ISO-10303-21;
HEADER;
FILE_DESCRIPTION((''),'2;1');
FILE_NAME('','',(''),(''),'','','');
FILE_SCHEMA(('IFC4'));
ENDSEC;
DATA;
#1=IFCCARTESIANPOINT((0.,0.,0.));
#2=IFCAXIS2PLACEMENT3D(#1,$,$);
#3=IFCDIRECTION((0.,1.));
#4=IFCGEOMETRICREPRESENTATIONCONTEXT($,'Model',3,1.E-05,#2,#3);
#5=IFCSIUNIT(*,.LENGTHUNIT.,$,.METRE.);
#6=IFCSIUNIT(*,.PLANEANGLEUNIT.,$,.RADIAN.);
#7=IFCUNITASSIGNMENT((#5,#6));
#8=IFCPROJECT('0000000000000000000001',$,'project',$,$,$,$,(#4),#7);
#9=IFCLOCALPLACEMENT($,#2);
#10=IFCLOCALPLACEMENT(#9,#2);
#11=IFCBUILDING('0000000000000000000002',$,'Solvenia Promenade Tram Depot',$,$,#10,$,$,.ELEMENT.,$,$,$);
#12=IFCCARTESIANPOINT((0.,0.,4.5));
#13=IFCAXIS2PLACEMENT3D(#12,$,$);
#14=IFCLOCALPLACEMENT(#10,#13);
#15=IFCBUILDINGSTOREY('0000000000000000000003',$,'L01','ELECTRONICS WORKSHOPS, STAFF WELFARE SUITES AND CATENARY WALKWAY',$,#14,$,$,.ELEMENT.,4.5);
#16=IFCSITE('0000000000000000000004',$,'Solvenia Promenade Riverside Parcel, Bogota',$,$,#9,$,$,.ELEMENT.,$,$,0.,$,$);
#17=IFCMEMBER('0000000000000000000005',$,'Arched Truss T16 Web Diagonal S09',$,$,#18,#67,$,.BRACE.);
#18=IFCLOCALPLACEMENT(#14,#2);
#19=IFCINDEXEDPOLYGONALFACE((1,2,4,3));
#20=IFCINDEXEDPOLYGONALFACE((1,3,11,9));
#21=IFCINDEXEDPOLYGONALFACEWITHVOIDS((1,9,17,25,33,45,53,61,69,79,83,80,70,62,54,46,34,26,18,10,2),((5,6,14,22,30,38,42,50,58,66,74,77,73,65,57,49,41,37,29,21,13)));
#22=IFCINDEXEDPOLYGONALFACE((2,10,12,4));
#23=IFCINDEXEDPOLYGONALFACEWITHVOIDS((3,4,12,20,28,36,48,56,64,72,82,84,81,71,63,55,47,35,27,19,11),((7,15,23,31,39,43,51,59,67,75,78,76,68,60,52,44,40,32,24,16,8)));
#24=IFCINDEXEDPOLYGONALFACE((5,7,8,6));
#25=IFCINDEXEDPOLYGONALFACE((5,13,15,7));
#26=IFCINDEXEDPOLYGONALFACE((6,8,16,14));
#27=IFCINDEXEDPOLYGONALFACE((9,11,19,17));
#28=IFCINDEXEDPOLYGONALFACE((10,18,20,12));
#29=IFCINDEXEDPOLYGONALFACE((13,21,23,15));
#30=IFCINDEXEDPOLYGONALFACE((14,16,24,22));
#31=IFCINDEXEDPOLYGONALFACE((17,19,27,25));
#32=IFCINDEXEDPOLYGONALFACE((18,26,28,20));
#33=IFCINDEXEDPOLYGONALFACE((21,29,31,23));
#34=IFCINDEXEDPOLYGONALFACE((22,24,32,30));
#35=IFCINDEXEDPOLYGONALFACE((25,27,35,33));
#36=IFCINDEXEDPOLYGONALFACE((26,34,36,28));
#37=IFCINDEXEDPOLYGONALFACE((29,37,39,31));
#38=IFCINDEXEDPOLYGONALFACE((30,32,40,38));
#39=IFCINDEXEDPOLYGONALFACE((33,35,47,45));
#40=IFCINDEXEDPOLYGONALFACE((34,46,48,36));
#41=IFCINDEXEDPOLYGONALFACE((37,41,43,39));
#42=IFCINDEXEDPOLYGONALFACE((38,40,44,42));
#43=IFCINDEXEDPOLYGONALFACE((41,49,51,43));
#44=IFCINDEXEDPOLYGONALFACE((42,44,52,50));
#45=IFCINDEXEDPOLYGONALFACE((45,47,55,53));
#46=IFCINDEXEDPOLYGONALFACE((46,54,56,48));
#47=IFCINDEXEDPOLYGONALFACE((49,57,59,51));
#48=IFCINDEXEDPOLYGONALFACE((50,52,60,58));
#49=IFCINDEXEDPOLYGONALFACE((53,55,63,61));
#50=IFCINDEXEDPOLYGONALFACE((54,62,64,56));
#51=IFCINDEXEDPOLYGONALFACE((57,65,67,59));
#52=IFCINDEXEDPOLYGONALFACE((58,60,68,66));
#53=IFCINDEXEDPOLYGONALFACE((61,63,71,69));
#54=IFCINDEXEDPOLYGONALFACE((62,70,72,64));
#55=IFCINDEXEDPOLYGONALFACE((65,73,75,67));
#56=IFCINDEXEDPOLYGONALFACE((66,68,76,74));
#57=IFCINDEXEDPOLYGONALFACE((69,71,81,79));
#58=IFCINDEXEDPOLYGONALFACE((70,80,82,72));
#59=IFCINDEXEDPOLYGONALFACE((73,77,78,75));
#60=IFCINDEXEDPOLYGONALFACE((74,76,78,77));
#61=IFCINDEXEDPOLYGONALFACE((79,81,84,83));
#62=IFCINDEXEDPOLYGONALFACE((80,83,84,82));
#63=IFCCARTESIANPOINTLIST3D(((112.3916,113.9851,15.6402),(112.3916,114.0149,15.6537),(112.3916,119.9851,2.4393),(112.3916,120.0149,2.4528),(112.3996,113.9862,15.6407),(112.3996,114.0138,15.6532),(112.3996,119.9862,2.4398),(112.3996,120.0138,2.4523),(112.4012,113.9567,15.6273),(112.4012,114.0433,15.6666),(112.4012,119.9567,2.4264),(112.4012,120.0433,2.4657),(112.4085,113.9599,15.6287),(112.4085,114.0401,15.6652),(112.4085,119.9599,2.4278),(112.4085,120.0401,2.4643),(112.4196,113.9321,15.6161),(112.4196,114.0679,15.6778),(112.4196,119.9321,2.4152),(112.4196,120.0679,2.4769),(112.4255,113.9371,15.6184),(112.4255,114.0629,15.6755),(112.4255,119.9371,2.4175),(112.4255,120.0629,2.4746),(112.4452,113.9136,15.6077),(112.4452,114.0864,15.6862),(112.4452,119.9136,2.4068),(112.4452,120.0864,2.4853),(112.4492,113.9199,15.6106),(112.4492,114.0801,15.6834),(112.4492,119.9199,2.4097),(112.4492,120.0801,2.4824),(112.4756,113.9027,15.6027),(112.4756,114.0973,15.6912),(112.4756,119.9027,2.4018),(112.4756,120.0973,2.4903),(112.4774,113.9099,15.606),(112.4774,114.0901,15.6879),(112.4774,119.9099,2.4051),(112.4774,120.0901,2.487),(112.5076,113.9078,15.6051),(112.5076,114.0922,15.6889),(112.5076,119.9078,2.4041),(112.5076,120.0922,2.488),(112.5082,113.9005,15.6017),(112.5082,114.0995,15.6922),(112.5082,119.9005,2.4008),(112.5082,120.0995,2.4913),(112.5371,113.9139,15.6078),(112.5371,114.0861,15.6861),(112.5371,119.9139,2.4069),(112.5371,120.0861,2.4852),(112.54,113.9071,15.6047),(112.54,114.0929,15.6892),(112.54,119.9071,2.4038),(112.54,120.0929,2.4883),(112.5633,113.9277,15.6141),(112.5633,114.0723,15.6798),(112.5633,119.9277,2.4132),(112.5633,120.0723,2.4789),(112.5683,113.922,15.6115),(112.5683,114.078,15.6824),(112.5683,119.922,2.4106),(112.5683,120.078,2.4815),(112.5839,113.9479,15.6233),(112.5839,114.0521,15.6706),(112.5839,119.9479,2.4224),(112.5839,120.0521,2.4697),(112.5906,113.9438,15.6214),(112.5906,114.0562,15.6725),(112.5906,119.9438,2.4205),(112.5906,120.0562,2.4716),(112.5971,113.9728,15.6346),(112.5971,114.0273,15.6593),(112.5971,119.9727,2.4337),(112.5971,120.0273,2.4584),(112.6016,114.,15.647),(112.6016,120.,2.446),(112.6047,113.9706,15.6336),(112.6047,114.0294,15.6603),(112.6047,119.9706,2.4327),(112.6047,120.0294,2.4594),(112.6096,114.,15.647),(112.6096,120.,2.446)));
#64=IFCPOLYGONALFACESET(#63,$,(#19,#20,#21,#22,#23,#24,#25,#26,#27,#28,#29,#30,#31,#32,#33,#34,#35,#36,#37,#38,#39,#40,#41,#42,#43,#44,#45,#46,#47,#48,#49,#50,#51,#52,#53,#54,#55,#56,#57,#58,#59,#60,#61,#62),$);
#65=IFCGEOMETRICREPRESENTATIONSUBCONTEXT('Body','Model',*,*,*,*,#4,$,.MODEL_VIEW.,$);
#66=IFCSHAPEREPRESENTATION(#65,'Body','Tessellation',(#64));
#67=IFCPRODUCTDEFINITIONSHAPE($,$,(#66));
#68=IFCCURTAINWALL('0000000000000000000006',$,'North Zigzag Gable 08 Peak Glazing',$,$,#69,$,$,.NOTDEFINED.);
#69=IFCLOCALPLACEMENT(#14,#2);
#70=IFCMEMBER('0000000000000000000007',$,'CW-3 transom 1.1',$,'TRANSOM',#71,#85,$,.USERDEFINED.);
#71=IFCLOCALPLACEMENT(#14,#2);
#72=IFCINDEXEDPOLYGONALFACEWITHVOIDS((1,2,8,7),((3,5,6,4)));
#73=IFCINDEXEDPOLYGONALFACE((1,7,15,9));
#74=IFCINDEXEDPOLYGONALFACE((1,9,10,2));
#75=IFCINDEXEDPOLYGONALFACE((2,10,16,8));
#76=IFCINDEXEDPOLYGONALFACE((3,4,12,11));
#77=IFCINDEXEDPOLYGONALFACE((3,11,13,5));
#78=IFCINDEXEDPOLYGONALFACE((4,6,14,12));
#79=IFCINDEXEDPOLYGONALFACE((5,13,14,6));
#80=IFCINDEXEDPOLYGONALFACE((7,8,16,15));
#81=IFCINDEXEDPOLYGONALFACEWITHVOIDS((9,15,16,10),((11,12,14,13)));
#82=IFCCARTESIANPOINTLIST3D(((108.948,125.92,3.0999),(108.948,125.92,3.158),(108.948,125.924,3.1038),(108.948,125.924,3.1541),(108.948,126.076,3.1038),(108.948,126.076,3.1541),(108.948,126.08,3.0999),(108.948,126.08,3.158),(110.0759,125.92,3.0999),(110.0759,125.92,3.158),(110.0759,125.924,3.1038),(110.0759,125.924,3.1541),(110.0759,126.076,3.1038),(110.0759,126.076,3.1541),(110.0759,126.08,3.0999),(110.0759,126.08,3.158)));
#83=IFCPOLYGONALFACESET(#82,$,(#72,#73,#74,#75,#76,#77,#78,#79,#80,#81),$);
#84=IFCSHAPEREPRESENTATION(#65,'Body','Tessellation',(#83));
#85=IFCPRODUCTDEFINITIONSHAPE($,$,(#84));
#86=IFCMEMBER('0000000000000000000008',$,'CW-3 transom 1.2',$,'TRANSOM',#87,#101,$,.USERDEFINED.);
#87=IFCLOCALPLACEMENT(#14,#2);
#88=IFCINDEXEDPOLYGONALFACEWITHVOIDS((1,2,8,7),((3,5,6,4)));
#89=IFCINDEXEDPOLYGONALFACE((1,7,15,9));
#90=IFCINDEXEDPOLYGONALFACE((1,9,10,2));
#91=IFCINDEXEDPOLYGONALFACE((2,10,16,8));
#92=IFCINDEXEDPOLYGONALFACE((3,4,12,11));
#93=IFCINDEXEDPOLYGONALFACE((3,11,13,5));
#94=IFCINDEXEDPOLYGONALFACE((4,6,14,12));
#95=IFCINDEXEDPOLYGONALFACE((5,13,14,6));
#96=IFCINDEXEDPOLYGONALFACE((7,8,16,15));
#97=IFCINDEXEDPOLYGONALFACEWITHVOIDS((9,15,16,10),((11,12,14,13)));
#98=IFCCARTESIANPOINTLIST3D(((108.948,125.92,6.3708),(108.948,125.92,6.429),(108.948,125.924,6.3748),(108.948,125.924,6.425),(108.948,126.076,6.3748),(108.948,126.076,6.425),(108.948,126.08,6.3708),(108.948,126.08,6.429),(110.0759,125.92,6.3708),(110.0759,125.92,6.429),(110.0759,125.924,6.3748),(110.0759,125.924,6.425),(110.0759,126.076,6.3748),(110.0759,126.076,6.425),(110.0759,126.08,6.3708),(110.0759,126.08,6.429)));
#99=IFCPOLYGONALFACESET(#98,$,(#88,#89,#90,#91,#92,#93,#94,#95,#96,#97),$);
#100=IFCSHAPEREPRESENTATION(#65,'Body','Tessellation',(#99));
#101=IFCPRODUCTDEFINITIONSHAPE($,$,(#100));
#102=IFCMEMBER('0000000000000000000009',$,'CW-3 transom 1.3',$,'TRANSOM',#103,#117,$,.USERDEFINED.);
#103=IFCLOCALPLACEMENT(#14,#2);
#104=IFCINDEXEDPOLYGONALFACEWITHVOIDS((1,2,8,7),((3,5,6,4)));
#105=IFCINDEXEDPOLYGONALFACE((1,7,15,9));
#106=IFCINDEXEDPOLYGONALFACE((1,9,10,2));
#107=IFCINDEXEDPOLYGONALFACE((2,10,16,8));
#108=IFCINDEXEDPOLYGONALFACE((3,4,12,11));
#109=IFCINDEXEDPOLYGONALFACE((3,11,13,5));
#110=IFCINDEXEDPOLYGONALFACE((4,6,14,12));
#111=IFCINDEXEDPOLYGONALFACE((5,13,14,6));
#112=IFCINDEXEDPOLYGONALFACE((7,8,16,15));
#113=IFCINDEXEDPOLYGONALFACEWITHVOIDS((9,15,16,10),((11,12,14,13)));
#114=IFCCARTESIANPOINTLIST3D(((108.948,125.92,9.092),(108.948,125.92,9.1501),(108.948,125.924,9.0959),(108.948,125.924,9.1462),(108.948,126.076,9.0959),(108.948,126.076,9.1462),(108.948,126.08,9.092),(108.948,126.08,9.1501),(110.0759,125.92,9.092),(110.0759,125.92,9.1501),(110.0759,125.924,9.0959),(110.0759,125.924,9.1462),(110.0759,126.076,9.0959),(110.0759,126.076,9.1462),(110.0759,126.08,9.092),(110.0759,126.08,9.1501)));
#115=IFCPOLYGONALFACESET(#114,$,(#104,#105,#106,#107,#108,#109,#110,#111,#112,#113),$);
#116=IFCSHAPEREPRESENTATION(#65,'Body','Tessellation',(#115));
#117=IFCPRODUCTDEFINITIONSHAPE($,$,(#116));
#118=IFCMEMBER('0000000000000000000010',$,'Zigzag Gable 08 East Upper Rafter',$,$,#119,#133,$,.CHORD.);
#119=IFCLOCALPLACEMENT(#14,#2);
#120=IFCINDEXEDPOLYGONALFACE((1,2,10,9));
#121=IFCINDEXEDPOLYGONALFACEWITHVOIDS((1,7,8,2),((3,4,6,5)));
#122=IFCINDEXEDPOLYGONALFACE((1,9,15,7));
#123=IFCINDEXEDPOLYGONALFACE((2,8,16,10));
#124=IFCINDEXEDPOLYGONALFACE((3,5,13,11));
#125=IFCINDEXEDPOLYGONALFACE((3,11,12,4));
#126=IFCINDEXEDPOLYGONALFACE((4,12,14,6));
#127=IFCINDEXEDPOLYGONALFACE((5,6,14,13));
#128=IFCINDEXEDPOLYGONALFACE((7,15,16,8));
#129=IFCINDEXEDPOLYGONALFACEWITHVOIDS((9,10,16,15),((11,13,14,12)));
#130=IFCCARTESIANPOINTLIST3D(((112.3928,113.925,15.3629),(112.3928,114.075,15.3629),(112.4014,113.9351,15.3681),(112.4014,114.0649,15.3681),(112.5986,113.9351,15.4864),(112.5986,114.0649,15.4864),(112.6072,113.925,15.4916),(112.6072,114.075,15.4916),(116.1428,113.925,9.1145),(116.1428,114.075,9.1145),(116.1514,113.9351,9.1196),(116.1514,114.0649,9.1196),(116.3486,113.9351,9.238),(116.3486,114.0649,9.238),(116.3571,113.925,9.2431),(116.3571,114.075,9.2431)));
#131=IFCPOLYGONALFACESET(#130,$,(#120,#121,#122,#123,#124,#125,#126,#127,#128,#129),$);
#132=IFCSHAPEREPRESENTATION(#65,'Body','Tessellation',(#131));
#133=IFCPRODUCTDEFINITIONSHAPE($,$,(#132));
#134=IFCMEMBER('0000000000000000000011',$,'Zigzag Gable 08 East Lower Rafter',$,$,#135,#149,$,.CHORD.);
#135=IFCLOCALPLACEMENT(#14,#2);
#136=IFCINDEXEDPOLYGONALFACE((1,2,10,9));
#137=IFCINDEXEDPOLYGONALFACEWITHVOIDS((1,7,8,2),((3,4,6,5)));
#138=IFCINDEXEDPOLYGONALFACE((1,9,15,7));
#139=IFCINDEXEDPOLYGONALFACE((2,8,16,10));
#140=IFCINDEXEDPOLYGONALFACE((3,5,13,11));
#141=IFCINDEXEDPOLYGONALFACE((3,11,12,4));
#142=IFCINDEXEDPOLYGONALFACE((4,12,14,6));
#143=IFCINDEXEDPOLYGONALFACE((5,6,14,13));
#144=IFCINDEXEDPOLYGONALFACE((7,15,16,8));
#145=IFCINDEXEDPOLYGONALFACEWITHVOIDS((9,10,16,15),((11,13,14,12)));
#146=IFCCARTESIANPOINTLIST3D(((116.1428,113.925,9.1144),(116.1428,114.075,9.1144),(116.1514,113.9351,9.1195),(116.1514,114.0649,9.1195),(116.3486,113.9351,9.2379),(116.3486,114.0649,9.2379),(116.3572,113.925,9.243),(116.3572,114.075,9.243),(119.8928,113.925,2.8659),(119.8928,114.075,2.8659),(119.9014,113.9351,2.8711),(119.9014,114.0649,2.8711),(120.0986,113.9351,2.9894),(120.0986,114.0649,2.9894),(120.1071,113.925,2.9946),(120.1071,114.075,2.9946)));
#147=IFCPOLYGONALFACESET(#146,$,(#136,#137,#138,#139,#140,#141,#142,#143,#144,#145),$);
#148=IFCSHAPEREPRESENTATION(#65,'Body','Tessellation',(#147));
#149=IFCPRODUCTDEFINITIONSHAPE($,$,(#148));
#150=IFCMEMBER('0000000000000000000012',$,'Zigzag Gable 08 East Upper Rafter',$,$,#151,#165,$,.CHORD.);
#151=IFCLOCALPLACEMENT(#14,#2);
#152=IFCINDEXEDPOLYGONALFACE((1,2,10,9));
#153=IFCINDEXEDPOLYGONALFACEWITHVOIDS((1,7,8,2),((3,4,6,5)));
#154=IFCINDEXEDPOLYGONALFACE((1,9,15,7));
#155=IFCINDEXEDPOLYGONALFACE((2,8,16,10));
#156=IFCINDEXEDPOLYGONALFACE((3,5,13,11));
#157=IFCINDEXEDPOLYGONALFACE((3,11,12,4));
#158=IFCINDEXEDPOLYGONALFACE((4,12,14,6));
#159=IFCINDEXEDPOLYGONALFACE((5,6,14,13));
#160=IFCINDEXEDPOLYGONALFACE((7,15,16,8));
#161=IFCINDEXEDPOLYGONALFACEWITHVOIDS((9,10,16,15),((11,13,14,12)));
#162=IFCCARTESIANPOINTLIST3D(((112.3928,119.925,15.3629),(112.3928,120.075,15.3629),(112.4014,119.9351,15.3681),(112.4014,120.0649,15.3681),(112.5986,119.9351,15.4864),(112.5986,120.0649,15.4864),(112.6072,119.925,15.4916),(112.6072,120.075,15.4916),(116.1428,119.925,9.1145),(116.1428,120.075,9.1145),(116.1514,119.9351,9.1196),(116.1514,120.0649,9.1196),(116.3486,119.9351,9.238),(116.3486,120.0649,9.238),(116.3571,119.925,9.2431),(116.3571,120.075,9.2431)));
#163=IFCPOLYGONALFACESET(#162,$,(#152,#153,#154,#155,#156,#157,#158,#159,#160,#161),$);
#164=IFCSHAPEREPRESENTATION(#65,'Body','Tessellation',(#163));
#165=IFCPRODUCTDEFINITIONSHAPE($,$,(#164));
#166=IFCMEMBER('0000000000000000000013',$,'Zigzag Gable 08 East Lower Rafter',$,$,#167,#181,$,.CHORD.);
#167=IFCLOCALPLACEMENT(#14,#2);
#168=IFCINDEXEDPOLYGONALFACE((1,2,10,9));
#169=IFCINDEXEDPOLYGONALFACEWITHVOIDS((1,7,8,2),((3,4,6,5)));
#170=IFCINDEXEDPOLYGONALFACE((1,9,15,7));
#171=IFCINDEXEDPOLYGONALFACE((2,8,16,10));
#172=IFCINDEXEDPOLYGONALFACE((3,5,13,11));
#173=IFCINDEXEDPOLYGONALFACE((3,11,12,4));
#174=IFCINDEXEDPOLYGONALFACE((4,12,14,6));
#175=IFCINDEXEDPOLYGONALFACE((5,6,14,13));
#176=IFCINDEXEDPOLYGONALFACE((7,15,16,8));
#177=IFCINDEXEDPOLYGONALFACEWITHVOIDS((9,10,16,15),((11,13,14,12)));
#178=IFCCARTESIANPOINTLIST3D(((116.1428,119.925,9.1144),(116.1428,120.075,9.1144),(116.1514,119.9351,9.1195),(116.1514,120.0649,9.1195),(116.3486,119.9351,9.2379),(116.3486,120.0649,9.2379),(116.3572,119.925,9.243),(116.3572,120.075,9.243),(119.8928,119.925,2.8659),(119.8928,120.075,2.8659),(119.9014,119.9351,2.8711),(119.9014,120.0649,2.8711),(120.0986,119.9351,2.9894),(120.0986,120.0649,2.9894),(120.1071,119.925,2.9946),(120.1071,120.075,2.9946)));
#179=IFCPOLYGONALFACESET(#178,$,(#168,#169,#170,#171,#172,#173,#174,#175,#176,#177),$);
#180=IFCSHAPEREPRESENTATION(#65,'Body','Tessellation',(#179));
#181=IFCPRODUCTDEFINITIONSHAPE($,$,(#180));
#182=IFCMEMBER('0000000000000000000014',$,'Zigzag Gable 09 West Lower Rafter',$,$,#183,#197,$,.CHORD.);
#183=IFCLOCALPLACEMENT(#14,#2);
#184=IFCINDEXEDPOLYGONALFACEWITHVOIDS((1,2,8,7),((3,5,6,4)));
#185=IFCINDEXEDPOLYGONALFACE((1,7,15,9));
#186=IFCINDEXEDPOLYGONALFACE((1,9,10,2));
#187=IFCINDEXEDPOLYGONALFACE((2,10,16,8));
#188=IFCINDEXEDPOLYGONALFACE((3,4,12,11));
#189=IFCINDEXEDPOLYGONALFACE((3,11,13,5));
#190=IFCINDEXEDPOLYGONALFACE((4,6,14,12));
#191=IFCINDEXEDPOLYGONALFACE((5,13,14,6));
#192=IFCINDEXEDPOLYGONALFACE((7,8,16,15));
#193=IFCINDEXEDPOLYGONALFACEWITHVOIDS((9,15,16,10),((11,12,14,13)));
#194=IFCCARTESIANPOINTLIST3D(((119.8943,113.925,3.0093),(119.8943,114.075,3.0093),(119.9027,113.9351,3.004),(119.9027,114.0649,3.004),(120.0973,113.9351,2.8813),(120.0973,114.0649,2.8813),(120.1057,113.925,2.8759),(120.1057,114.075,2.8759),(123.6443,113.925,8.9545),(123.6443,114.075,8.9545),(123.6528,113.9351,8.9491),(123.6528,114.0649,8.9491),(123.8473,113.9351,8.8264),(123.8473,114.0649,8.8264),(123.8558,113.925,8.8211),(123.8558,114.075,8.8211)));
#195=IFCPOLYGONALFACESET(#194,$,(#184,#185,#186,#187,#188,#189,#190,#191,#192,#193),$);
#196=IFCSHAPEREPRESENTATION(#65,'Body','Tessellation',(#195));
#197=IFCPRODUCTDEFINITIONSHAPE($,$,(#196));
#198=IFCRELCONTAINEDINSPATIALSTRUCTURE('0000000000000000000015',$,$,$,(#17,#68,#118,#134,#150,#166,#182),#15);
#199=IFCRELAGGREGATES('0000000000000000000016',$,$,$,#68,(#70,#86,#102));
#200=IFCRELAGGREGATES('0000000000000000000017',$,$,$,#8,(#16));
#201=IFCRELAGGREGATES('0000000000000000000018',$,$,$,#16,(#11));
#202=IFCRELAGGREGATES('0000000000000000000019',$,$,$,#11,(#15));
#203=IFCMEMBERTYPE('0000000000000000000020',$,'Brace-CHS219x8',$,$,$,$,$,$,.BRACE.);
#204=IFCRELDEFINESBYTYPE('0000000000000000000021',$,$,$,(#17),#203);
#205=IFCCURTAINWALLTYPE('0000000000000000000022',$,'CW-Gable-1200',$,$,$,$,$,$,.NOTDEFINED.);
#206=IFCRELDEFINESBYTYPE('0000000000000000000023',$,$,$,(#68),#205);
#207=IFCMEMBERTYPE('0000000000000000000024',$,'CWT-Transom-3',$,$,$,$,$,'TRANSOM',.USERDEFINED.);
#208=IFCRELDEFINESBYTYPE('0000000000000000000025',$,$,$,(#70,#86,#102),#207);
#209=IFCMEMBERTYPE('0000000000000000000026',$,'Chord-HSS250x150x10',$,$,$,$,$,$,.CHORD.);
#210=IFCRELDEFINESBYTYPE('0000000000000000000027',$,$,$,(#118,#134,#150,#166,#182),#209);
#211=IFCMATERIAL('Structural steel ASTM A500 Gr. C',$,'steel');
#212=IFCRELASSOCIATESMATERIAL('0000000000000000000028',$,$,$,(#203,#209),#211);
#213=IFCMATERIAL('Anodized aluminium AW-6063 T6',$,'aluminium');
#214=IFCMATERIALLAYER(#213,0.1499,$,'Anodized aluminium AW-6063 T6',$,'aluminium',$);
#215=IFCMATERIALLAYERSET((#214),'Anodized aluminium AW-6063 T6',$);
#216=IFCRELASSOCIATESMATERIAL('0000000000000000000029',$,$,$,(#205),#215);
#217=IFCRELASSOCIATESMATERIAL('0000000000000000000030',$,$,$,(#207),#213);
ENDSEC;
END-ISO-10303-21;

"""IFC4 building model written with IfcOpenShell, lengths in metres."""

from ifc_helpers import new_model, si_unit, direction, frame, origin, origin_2d, place, context, subcontext, project, spatial, hollow_rectangle, hollow_circle, extrude, material, layer, layer_set, material_profile, profile_set, type_object, element, aggregate, save


model = new_model("IFC4")

# Units and contexts
model_context = context("Model", 3, precision=1e-05, world=origin(), true_north=direction((0.0, 1.0)))
body_context = subcontext(model_context, "Body", "Model", "MODEL_VIEW")
ifc_project = project(units=[si_unit("LENGTHUNIT", "METRE"), si_unit("PLANEANGLEUNIT", "RADIAN")], contexts=[model_context])

# Site, building, storey
site_placement = place(None, origin())
site = spatial("IfcSite", under=ifc_project, at=site_placement, Name="Solvenia Promenade Riverside Parcel, Bogota", CompositionType="ELEMENT", RefElevation=0.0)
building_placement = place(site_placement, origin())
building = spatial("IfcBuilding", under=site, at=building_placement, Name="Solvenia Promenade Tram Depot", CompositionType="ELEMENT")
storey_placement = place(building_placement, frame((0.0, 0.0, 4.5)))
storey = spatial("IfcBuildingStorey", under=building, at=storey_placement, Name="L01", Description="ELECTRONICS WORKSHOPS, STAFF WELFARE SUITES AND CATENARY WALKWAY", CompositionType="ELEMENT", Elevation=4.5)

# Member
ifc_material_1 = material(Name="Structural steel ASTM A500 Gr. C", Category="steel")
ifc_material_profile_1 = material_profile(ifc_material_1, hollow_circle(Radius=0.1096, WallThickness=0.0081, at=origin_2d()), Name="CHS219.1x8", Category="steel")
ifc_profile_set_1 = profile_set([ifc_material_profile_1], Name="Structural steel ASTM A500 Gr. C")
member_type_1 = type_object("IfcMemberType", Name="Brace-CHS219x8", PredefinedType="BRACE", material=ifc_profile_set_1)
member_1_placement = place(storey_placement, frame((112.5, 120.0, 2.446), z_axis=(0.0, -0.413779, 0.910377), x_axis=(1.0, 0.0, 0.0)))
element("IfcMember", 1, at=member_1_placement, inside=storey, type_object=member_type_1, Name="Arched Truss T16 Web Diagonal S09", PredefinedType="BRACE", context=body_context, shape_type="SweptSolid", body=[
    extrude(hollow_circle(Radius=0.1096, WallThickness=0.0081, at=origin_2d()), origin(), (0.0, 0.0, 1.0), 14.5005),
])

# Curtain wall, members
ifc_material_2 = material(Name="Anodized aluminium AW-6063 T6", Category="aluminium")
ifc_layer_1 = layer(ifc_material_2, 0.1499, Name="Anodized aluminium AW-6063 T6", Category="aluminium")
ifc_layer_set_1 = layer_set([ifc_layer_1], Name="Anodized aluminium AW-6063 T6")
curtain_wall_type = type_object("IfcCurtainWallType", Name="CW-Gable-1200", PredefinedType="NOTDEFINED", material=ifc_layer_set_1)
curtain_wall_placement = place(storey_placement, origin())
curtain_wall = element("IfcCurtainWall", 2, at=curtain_wall_placement, inside=storey, type_object=curtain_wall_type, Name="North Zigzag Gable 08 Peak Glazing", PredefinedType="NOTDEFINED")
ifc_material_profile_2 = material_profile(ifc_material_2, hollow_rectangle(XDim=0.1599, YDim=0.0581, WallThickness=0.0039, at=origin_2d()), Name="ALU-T3", Category="aluminium")
ifc_profile_set_2 = profile_set([ifc_material_profile_2], Name="Anodized aluminium AW-6063 T6")
member_type_2 = type_object("IfcMemberType", Name="CWT-Transom-3", ElementType="TRANSOM", PredefinedType="USERDEFINED", material=ifc_profile_set_2)
member_2_placement = place(storey_placement, frame((108.948, 126.0, 3.1289), z_axis=(1.0, 0.0, 0.0), x_axis=(0.0, 1.0, 0.0)))
member_2 = element("IfcMember", 3, at=member_2_placement, type_object=member_type_2, Name="CW-3 transom 1.1", ObjectType="TRANSOM", PredefinedType="USERDEFINED", context=body_context, shape_type="SweptSolid", body=[
    extrude(hollow_rectangle(XDim=0.1599, YDim=0.0581, WallThickness=0.0039, at=origin_2d()), origin(), (0.0, 0.0, 1.0), 1.1279),
])
member_3_placement = place(storey_placement, frame((108.948, 126.0, 6.3999), z_axis=(1.0, 0.0, 0.0), x_axis=(0.0, 1.0, 0.0)))
member_3 = element("IfcMember", 4, at=member_3_placement, type_object=member_type_2, Name="CW-3 transom 1.2", ObjectType="TRANSOM", PredefinedType="USERDEFINED", context=body_context, shape_type="SweptSolid", body=[
    extrude(hollow_rectangle(XDim=0.1599, YDim=0.0581, WallThickness=0.0039, at=origin_2d()), origin(), (0.0, 0.0, 1.0), 1.1279),
])
member_4_placement = place(storey_placement, frame((108.948, 126.0, 9.1211), z_axis=(1.0, 0.0, 0.0), x_axis=(0.0, 1.0, 0.0)))
member_4 = element("IfcMember", 5, at=member_4_placement, type_object=member_type_2, Name="CW-3 transom 1.3", ObjectType="TRANSOM", PredefinedType="USERDEFINED", context=body_context, shape_type="SweptSolid", body=[
    extrude(hollow_rectangle(XDim=0.1599, YDim=0.0581, WallThickness=0.0039, at=origin_2d()), origin(), (0.0, 0.0, 1.0), 1.1279),
])
aggregate(curtain_wall, [member_2, member_3, member_4])

# Members
ifc_material_profile_3 = material_profile(ifc_material_1, hollow_rectangle(XDim=0.1499, YDim=0.25, WallThickness=0.01, at=origin_2d()), Name="HSS250x150x10", Category="steel")
ifc_profile_set_3 = profile_set([ifc_material_profile_3], Name="Structural steel ASTM A500 Gr. C")
member_type_3 = type_object("IfcMemberType", Name="Chord-HSS250x150x10", PredefinedType="CHORD", material=ifc_profile_set_3)
for number, where, z_axis, x_axis, name in (
    (6, (112.5, 114.0, 15.4272), (0.514584, 0.0, -0.85744), (0.0, 1.0, 0.0), "Zigzag Gable 08 East Upper Rafter"),
    (7, (116.25, 114.0, 9.1787), (0.514584, 0.0, -0.85744), (0.0, 1.0, 0.0), "Zigzag Gable 08 East Lower Rafter"),
    (8, (112.5, 120.0, 15.4272), (0.514584, 0.0, -0.85744), (0.0, 1.0, 0.0), "Zigzag Gable 08 East Upper Rafter"),
    (9, (116.25, 120.0, 9.1787), (0.514584, 0.0, -0.85744), (0.0, 1.0, 0.0), "Zigzag Gable 08 East Lower Rafter"),
):
    element("IfcMember", number, at=place(storey_placement, frame(where, z_axis=z_axis, x_axis=x_axis)), inside=storey, type_object=member_type_3, Name=name, PredefinedType="CHORD", context=body_context, shape_type="SweptSolid", body=[
        extrude(hollow_rectangle(XDim=0.1499, YDim=0.25, WallThickness=0.01, at=origin_2d()), origin(), (0.0, 0.0, 1.0), 7.2874),
    ])
member_5_placement = place(storey_placement, frame((120.0, 114.0, 2.9426), z_axis=(0.533507, 0.0, 0.845796), x_axis=(0.0, 1.0, 0.0)))
element("IfcMember", 10, at=member_5_placement, inside=storey, type_object=member_type_3, Name="Zigzag Gable 09 West Lower Rafter", PredefinedType="CHORD", context=body_context, shape_type="SweptSolid", body=[
    extrude(hollow_rectangle(XDim=0.1499, YDim=0.25, WallThickness=0.01, at=origin_2d()), origin(), (0.0, 0.0, 1.0), 7.0291),
])

save(model, "model.ifc")
